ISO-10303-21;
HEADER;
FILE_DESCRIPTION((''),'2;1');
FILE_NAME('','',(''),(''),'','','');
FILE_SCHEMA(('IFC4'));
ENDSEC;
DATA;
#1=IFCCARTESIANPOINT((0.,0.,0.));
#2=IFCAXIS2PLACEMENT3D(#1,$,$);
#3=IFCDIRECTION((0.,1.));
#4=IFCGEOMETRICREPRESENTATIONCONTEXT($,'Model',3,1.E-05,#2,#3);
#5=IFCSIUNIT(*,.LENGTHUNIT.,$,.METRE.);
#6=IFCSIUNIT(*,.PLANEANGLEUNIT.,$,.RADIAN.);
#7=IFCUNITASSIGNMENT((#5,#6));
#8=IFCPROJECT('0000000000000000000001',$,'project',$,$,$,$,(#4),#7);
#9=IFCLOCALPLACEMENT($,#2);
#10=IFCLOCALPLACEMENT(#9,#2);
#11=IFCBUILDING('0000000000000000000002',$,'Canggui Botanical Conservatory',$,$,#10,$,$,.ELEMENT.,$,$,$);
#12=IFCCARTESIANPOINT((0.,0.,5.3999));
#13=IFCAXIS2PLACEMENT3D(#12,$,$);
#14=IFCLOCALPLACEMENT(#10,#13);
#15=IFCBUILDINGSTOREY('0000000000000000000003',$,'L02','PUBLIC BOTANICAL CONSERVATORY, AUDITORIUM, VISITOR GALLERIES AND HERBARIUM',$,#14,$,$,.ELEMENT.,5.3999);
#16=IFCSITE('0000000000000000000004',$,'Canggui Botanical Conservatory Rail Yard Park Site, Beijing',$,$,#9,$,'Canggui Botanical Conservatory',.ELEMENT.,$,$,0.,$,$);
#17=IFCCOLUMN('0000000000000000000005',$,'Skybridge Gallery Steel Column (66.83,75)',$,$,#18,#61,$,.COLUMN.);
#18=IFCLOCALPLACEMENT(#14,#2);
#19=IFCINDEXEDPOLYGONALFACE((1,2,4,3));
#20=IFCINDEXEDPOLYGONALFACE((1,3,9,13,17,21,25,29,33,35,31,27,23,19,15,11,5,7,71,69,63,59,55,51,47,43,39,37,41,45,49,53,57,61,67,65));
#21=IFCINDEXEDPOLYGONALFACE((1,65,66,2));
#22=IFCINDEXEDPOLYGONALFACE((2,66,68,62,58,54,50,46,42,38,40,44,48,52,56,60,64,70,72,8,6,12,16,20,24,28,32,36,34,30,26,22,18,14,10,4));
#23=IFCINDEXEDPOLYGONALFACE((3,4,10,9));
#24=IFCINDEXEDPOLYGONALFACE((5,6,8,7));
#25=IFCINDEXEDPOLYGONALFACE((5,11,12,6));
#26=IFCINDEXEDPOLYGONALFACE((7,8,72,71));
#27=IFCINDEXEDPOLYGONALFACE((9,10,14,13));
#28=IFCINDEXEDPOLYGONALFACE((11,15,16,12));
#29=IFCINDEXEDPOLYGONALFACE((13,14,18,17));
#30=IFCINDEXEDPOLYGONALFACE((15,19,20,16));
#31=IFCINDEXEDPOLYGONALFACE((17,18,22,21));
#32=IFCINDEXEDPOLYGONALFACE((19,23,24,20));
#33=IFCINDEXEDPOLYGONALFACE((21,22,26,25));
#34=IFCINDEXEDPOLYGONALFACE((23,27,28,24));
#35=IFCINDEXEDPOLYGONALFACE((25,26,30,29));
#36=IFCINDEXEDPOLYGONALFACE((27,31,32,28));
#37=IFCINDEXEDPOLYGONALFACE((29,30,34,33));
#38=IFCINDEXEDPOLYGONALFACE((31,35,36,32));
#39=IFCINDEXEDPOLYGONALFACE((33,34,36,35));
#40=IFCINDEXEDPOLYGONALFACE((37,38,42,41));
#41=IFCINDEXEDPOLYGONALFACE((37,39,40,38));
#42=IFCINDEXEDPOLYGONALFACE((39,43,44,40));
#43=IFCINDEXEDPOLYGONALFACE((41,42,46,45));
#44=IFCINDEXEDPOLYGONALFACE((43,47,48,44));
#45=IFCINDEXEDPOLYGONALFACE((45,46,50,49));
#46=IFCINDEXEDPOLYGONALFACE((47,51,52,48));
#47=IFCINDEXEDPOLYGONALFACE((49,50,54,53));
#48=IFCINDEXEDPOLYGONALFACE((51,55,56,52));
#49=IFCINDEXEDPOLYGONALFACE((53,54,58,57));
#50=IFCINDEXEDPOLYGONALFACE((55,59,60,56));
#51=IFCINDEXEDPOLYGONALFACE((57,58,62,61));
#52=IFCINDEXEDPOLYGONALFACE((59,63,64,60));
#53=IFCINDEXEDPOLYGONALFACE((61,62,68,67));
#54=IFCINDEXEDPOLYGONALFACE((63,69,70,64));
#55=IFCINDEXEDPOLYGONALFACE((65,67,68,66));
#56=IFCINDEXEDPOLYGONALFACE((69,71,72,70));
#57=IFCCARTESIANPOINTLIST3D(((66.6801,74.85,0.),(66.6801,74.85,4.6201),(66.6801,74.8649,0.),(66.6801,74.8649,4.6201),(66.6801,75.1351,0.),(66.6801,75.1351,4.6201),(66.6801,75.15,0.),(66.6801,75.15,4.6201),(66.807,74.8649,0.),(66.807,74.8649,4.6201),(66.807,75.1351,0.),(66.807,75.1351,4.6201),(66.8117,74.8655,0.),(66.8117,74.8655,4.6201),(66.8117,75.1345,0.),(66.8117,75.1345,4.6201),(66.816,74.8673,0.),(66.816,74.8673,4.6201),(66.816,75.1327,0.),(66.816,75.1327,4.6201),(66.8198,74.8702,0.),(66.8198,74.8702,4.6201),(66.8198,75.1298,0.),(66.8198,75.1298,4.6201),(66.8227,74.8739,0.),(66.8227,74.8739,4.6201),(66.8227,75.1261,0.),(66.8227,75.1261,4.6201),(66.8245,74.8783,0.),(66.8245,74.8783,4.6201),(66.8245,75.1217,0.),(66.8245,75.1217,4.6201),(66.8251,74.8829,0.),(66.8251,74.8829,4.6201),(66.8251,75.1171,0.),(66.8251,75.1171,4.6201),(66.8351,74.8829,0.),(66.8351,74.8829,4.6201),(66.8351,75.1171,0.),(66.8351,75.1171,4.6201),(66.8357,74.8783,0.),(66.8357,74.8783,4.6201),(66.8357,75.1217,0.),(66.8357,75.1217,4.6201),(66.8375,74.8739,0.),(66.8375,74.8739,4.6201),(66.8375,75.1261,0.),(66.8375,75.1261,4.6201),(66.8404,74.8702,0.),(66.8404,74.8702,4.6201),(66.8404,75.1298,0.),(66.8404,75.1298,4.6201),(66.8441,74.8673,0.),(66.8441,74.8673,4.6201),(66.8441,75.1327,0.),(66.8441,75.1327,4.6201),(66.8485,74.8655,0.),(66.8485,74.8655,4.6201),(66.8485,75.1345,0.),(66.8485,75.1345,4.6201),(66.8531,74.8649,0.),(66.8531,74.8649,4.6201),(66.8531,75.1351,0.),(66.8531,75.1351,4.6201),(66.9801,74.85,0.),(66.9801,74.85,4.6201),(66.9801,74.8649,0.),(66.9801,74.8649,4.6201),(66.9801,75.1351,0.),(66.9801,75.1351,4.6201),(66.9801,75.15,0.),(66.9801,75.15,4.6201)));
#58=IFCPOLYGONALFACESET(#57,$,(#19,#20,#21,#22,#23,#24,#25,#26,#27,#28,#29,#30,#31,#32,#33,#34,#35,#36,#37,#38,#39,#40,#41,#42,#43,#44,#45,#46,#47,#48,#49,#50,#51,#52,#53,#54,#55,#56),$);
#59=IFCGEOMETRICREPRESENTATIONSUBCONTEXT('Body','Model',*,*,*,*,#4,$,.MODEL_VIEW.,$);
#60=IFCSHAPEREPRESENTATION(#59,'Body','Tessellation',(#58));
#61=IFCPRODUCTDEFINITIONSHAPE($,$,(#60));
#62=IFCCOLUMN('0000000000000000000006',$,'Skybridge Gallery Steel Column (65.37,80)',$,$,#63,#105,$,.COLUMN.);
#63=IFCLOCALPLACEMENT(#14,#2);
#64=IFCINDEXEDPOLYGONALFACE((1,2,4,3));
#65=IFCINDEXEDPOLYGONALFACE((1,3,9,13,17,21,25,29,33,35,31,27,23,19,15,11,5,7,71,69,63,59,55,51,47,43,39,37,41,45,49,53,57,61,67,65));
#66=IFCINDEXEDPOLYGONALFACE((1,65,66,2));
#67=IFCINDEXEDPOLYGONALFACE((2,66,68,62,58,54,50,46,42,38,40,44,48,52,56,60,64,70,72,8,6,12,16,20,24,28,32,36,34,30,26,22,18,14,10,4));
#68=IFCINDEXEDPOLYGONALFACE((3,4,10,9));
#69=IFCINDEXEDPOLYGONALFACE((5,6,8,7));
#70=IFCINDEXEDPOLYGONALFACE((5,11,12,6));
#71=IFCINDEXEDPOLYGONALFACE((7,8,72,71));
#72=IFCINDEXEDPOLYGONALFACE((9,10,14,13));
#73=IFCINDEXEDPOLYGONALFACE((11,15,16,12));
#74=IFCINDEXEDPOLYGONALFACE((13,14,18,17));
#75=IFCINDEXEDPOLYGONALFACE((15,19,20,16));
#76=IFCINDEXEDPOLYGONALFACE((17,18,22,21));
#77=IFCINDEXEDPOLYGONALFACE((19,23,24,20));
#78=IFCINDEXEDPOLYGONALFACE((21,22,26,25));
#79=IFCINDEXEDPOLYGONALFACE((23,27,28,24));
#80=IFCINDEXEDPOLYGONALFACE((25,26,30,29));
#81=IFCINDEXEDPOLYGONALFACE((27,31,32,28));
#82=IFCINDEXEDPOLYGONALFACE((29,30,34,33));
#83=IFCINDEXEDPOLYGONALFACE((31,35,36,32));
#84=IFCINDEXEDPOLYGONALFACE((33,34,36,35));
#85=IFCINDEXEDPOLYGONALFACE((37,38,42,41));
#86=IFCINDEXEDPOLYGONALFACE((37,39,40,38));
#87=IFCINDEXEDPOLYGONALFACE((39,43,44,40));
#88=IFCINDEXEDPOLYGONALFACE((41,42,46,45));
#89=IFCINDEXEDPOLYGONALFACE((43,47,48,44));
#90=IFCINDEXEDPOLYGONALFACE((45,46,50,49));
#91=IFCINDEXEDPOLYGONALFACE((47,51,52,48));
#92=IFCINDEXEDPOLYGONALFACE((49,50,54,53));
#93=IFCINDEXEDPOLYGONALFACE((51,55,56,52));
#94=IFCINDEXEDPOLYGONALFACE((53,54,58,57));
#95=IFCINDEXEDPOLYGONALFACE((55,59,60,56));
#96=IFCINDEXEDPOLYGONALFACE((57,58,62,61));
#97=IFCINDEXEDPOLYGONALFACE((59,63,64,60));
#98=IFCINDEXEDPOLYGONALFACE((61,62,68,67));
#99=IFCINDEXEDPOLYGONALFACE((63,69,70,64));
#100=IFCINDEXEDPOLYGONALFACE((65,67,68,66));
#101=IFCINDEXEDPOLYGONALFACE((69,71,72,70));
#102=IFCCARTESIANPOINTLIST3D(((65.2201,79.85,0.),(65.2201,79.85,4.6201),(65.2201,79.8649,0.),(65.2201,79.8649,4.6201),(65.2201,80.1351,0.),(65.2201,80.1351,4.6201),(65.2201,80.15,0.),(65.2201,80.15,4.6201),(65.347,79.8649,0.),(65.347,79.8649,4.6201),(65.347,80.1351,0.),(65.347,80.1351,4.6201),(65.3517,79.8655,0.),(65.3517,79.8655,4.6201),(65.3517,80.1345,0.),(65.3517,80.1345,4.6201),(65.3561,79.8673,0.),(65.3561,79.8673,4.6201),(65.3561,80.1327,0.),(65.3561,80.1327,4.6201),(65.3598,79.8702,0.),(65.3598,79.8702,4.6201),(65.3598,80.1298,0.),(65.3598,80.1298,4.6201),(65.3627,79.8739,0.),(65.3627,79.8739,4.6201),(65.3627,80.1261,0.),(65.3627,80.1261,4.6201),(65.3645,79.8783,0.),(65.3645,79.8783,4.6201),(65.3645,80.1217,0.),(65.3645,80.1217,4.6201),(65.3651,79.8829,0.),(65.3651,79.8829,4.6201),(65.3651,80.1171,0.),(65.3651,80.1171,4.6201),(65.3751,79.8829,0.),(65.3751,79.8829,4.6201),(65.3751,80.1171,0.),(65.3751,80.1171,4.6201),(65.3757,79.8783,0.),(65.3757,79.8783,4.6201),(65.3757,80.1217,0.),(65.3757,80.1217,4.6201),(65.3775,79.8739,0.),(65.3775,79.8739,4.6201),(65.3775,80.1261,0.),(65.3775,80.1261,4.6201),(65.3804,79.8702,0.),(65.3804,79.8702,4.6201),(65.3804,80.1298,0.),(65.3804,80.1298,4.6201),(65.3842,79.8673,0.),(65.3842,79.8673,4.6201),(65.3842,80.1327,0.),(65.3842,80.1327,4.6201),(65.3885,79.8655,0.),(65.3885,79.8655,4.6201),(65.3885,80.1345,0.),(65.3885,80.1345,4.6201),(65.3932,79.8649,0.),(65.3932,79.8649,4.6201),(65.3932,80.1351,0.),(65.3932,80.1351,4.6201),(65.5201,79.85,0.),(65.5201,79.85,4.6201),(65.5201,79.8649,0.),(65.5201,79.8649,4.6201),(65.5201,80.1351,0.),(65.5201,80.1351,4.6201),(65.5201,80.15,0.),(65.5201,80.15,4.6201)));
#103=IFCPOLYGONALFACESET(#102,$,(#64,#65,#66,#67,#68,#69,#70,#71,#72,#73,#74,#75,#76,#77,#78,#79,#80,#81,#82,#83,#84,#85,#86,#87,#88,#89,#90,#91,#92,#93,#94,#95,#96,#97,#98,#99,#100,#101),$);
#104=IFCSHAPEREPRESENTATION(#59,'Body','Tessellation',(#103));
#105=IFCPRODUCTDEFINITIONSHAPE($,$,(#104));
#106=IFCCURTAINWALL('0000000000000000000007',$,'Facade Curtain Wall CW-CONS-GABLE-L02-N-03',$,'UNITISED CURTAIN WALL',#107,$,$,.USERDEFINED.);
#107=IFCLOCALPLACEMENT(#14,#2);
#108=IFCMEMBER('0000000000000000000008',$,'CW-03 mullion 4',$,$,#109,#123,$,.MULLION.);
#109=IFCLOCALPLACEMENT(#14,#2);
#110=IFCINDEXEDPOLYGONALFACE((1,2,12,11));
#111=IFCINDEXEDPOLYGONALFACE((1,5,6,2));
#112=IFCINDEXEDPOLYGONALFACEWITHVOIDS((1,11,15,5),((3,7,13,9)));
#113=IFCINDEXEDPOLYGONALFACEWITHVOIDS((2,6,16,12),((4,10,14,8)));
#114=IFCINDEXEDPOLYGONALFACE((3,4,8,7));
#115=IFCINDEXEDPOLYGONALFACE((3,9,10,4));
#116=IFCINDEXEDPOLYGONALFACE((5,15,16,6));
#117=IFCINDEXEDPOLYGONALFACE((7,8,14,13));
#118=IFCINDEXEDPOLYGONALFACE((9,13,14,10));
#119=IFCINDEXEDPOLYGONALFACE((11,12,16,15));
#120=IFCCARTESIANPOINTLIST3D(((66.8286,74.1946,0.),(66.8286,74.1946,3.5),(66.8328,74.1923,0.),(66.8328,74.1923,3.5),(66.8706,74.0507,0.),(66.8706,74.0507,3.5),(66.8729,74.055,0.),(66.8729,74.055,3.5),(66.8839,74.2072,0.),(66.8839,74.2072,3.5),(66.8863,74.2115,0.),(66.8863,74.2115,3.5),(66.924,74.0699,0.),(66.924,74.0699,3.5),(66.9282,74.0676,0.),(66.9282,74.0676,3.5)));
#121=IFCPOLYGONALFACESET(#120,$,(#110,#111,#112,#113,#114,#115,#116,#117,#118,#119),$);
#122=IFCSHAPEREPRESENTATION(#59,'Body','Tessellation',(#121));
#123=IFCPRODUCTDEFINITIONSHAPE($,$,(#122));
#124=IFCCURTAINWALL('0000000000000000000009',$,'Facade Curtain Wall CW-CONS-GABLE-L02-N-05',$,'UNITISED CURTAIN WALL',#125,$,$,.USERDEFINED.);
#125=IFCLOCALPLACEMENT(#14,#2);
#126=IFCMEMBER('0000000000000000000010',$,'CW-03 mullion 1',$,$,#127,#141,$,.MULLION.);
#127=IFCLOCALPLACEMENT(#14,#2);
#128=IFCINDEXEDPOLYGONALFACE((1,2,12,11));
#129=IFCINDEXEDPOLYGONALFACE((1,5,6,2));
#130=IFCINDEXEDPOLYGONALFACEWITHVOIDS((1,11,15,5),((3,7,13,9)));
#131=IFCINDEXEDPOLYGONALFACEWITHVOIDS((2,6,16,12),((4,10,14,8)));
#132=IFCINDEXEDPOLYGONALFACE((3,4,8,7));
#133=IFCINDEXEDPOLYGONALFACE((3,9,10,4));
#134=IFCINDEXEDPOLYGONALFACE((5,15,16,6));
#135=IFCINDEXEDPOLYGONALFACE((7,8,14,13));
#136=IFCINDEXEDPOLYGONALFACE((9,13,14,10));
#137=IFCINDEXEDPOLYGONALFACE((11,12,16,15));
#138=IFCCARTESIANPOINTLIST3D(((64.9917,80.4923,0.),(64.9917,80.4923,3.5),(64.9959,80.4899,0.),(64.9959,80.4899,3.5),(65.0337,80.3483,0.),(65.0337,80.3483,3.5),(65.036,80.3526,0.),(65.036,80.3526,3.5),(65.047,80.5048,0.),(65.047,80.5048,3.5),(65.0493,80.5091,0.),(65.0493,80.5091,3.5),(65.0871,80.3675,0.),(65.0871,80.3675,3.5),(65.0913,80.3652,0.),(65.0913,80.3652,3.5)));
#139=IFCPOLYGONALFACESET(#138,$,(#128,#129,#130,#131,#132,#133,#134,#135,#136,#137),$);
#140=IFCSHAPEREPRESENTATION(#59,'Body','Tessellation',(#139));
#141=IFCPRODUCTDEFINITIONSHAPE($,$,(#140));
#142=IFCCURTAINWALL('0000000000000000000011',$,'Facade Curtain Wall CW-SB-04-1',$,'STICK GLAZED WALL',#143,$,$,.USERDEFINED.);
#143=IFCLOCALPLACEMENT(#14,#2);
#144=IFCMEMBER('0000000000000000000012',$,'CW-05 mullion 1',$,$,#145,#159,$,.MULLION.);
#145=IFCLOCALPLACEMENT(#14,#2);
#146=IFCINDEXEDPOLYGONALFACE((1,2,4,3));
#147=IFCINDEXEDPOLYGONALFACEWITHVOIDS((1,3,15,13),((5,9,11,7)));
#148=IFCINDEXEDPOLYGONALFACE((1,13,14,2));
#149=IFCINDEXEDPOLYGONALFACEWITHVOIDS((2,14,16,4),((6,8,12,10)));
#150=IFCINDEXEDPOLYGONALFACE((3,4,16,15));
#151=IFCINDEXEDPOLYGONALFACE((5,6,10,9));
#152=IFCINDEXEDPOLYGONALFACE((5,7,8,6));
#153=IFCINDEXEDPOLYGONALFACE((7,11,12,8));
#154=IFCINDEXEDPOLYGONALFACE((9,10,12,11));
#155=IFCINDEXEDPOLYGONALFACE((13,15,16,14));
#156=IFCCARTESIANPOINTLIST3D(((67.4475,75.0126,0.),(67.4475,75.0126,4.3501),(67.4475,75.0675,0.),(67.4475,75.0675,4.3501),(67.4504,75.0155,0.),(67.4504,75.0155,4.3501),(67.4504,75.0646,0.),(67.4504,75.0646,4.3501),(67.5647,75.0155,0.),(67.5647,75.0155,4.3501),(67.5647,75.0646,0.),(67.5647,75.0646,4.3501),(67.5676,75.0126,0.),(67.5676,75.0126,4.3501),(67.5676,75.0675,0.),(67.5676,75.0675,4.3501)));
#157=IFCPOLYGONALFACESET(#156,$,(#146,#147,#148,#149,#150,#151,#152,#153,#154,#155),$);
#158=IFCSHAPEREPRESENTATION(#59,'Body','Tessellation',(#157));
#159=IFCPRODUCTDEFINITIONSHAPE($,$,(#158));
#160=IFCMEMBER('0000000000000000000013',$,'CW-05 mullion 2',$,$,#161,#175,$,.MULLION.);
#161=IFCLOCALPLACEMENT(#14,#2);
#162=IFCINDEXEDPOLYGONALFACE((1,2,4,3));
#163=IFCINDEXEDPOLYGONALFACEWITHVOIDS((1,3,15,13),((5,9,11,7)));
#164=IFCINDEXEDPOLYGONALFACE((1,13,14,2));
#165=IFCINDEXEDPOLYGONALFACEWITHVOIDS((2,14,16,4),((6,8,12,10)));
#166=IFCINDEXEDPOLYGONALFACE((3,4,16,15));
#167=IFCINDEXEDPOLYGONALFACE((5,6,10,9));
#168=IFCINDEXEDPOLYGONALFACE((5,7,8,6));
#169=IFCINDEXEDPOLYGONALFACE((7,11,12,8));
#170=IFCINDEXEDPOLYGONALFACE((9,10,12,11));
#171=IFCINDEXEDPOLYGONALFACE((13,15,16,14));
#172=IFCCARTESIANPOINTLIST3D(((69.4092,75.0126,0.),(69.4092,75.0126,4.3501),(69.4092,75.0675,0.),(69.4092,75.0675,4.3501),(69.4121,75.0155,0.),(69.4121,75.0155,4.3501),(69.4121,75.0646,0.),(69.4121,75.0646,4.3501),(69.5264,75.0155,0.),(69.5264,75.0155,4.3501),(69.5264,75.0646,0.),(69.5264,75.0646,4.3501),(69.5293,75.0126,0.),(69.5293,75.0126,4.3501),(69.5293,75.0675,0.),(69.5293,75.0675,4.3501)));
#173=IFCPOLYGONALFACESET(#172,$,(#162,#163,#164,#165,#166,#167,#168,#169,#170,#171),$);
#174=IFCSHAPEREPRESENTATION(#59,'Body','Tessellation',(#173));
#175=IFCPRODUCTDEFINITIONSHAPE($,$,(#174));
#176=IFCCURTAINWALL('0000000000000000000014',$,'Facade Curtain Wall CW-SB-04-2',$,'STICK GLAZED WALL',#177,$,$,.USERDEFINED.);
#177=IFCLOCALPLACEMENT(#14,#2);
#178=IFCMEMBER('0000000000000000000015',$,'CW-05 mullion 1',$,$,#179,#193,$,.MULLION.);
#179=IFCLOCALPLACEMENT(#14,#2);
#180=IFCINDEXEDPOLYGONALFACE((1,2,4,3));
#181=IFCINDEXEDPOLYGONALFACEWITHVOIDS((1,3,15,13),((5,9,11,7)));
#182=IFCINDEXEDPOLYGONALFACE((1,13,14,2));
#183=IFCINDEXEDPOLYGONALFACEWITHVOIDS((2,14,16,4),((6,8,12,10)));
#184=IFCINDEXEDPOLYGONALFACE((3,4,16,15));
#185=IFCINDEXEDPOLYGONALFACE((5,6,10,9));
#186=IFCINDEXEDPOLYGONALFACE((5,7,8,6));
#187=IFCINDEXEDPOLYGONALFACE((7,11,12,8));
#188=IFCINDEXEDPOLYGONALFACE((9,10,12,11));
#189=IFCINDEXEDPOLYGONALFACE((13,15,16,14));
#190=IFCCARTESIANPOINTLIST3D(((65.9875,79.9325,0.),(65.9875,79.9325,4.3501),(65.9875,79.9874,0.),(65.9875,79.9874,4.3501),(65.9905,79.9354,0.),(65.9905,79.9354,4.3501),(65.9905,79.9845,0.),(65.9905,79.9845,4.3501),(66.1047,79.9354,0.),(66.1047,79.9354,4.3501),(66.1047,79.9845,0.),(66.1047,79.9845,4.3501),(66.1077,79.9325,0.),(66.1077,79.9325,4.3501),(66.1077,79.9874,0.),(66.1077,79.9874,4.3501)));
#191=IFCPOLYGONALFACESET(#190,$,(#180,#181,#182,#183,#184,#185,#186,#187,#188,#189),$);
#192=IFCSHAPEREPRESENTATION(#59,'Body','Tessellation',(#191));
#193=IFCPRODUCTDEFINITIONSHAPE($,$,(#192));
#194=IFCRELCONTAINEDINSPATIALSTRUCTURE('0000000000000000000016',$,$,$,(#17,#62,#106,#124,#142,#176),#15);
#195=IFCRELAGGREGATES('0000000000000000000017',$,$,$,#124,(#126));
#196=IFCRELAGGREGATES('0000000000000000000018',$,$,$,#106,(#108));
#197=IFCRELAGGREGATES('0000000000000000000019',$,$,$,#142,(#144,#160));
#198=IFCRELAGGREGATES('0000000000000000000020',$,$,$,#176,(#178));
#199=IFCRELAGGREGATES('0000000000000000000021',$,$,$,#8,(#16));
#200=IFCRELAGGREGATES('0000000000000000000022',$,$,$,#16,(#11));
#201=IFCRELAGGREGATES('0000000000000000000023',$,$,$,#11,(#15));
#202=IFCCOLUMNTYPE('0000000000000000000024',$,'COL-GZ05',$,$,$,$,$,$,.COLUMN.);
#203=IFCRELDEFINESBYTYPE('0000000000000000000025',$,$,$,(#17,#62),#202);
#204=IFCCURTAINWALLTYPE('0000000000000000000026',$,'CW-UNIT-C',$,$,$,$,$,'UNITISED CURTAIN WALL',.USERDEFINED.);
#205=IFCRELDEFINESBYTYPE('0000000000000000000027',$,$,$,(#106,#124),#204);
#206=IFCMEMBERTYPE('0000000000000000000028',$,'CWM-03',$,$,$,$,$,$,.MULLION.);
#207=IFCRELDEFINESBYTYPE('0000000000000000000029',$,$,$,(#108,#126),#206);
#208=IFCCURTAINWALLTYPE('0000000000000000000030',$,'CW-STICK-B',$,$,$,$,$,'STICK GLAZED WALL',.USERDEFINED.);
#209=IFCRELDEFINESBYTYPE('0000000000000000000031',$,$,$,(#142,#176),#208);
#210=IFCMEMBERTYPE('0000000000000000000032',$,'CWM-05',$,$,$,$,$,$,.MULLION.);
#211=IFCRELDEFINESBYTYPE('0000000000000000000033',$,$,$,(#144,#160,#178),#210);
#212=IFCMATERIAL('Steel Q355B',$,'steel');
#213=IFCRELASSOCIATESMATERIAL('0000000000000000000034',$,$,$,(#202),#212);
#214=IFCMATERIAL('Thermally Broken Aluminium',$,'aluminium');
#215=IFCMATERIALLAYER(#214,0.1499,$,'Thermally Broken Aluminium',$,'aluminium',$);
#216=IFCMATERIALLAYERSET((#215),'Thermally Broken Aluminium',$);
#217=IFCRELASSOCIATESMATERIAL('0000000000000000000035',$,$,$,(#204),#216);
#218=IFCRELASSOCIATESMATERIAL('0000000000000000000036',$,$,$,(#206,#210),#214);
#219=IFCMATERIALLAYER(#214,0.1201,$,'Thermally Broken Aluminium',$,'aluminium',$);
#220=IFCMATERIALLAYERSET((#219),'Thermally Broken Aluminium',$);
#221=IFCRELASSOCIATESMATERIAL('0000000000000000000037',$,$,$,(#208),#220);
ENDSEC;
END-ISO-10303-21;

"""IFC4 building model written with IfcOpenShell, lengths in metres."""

from ifc_helpers import new_model, si_unit, direction, frame, origin, origin_2d, place, context, subcontext, project, spatial, hollow_rectangle, i_section, extrude, material, layer, layer_set, material_profile, profile_set, type_object, element, aggregate, save


model = new_model("IFC4")

# Units and contexts
model_context = context("Model", 3, precision=1e-05, world=origin(), true_north=direction((0.0, 1.0)))
body_context = subcontext(model_context, "Body", "Model", "MODEL_VIEW")
ifc_project = project(units=[si_unit("LENGTHUNIT", "METRE"), si_unit("PLANEANGLEUNIT", "RADIAN")], contexts=[model_context])

# Site, building, storey
site_placement = place(None, origin())
site = spatial("IfcSite", under=ifc_project, at=site_placement, Name="Canggui Botanical Conservatory Rail Yard Park Site, Beijing", LongName="Canggui Botanical Conservatory", CompositionType="ELEMENT", RefElevation=0.0)
building_placement = place(site_placement, origin())
building = spatial("IfcBuilding", under=site, at=building_placement, Name="Canggui Botanical Conservatory", CompositionType="ELEMENT")
storey_placement = place(building_placement, frame((0.0, 0.0, 5.3999)))
storey = spatial("IfcBuildingStorey", under=building, at=storey_placement, Name="L02", Description="PUBLIC BOTANICAL CONSERVATORY, AUDITORIUM, VISITOR GALLERIES AND HERBARIUM", CompositionType="ELEMENT", Elevation=5.3999)

# Columns
ifc_material_1 = material(Name="Steel Q355B", Category="steel")
ifc_material_profile_1 = material_profile(ifc_material_1, i_section(OverallWidth=0.3, OverallDepth=0.3, WebThickness=0.01, FlangeThickness=0.0149, FilletRadius=0.0181, at=origin_2d()), Name="HW 300x300x10x15")
ifc_profile_set_1 = profile_set([ifc_material_profile_1], Name="Steel Q355B")
column_type = type_object("IfcColumnType", Name="COL-GZ05", PredefinedType="COLUMN", material=ifc_profile_set_1)
for number, where, z_axis, x_axis, name in (
    (1, (66.8301, 75.0, 0.0), (0.0, 0.0, 1.0), (1.0, 0.0, 0.0), "Skybridge Gallery Steel Column (66.83,75)"),
    (2, (65.3701, 80.0, 0.0), (0.0, 0.0, 1.0), (1.0, 0.0, 0.0), "Skybridge Gallery Steel Column (65.37,80)"),
):
    element("IfcColumn", number, at=place(storey_placement, frame(where, z_axis=z_axis, x_axis=x_axis)), inside=storey, type_object=column_type, Name=name, PredefinedType="COLUMN", context=body_context, shape_type="SweptSolid", body=[
        extrude(i_section(OverallWidth=0.3, OverallDepth=0.3, WebThickness=0.01, FlangeThickness=0.0149, FilletRadius=0.0181, at=origin_2d()), origin(), (0.0, 0.0, 1.0), 4.6201),
    ])

# Curtain walls, members
ifc_material_2 = material(Name="Thermally Broken Aluminium", Category="aluminium")
ifc_layer_1 = layer(ifc_material_2, 0.1499, Name="Thermally Broken Aluminium", Category="aluminium")
ifc_layer_set_1 = layer_set([ifc_layer_1], Name="Thermally Broken Aluminium")
curtain_wall_type_1 = type_object("IfcCurtainWallType", Name="CW-UNIT-C", ElementType="UNITISED CURTAIN WALL", PredefinedType="USERDEFINED", material=ifc_layer_set_1)
curtain_wall_1_placement = place(storey_placement, origin())
curtain_wall_1 = element("IfcCurtainWall", 3, at=curtain_wall_1_placement, inside=storey, type_object=curtain_wall_type_1, Name="Facade Curtain Wall CW-CONS-GABLE-L02-N-03", ObjectType="UNITISED CURTAIN WALL", PredefinedType="USERDEFINED")
ifc_material_profile_2 = material_profile(ifc_material_2, hollow_rectangle(XDim=0.0601, YDim=0.1499, WallThickness=0.0034, at=origin_2d()), Name="CWM 60x150x3.5")
ifc_profile_set_2 = profile_set([ifc_material_profile_2], Name="Thermally Broken Aluminium")
member_type_1 = type_object("IfcMemberType", Name="CWM-03", PredefinedType="MULLION", material=ifc_profile_set_2)
member_1_placement = place(storey_placement, frame((66.8784, 74.1311, 0.0), z_axis=(0.0, 0.0, 1.0), x_axis=(-0.96, -0.28, 0.0)))
member_1 = element("IfcMember", 4, at=member_1_placement, type_object=member_type_1, Name="CW-03 mullion 4", PredefinedType="MULLION", context=body_context, shape_type="SweptSolid", body=[
    extrude(hollow_rectangle(XDim=0.0601, YDim=0.1499, WallThickness=0.0034, at=origin_2d()), origin(), (0.0, 0.0, 1.0), 3.5),
])
curtain_wall_2_placement = place(storey_placement, origin())
curtain_wall_2 = element("IfcCurtainWall", 5, at=curtain_wall_2_placement, inside=storey, type_object=curtain_wall_type_1, Name="Facade Curtain Wall CW-CONS-GABLE-L02-N-05", ObjectType="UNITISED CURTAIN WALL", PredefinedType="USERDEFINED")
member_2_placement = place(storey_placement, frame((65.0415, 80.4287, 0.0), z_axis=(0.0, 0.0, 1.0), x_axis=(-0.96, -0.28, 0.0)))
member_2 = element("IfcMember", 6, at=member_2_placement, type_object=member_type_1, Name="CW-03 mullion 1", PredefinedType="MULLION", context=body_context, shape_type="SweptSolid", body=[
    extrude(hollow_rectangle(XDim=0.0601, YDim=0.1499, WallThickness=0.0034, at=origin_2d()), origin(), (0.0, 0.0, 1.0), 3.5),
])

# Curtain walls, members
ifc_layer_2 = layer(ifc_material_2, 0.1201, Name="Thermally Broken Aluminium", Category="aluminium")
ifc_layer_set_2 = layer_set([ifc_layer_2], Name="Thermally Broken Aluminium")
curtain_wall_type_2 = type_object("IfcCurtainWallType", Name="CW-STICK-B", ElementType="STICK GLAZED WALL", PredefinedType="USERDEFINED", material=ifc_layer_set_2)
curtain_wall_3_placement = place(storey_placement, origin())
curtain_wall_3 = element("IfcCurtainWall", 7, at=curtain_wall_3_placement, inside=storey, type_object=curtain_wall_type_2, Name="Facade Curtain Wall CW-SB-04-1", ObjectType="STICK GLAZED WALL", PredefinedType="USERDEFINED")
ifc_material_profile_3 = material_profile(ifc_material_2, hollow_rectangle(XDim=0.0549, YDim=0.1201, WallThickness=0.0029, at=origin_2d()), Name="CWM 55x120x3")
ifc_profile_set_3 = profile_set([ifc_material_profile_3], Name="Thermally Broken Aluminium")
member_type_2 = type_object("IfcMemberType", Name="CWM-05", PredefinedType="MULLION", material=ifc_profile_set_3)
member_3_placement = place(storey_placement, frame((67.5076, 75.04, 0.0), z_axis=(0.0, 0.0, 1.0), x_axis=(0.0, 1.0, 0.0)))
member_3 = element("IfcMember", 8, at=member_3_placement, type_object=member_type_2, Name="CW-05 mullion 1", PredefinedType="MULLION", context=body_context, shape_type="SweptSolid", body=[
    extrude(hollow_rectangle(XDim=0.0549, YDim=0.1201, WallThickness=0.0029, at=origin_2d()), origin(), (0.0, 0.0, 1.0), 4.3501),
])
member_4_placement = place(storey_placement, frame((69.4692, 75.04, 0.0), z_axis=(0.0, 0.0, 1.0), x_axis=(0.0, 1.0, 0.0)))
member_4 = element("IfcMember", 9, at=member_4_placement, type_object=member_type_2, Name="CW-05 mullion 2", PredefinedType="MULLION", context=body_context, shape_type="SweptSolid", body=[
    extrude(hollow_rectangle(XDim=0.0549, YDim=0.1201, WallThickness=0.0029, at=origin_2d()), origin(), (0.0, 0.0, 1.0), 4.3501),
])
curtain_wall_4_placement = place(storey_placement, origin())
curtain_wall_4 = element("IfcCurtainWall", 10, at=curtain_wall_4_placement, inside=storey, type_object=curtain_wall_type_2, Name="Facade Curtain Wall CW-SB-04-2", ObjectType="STICK GLAZED WALL", PredefinedType="USERDEFINED")
member_5_placement = place(storey_placement, frame((66.0476, 79.96, 0.0), z_axis=(0.0, 0.0, 1.0), x_axis=(0.0, 1.0, 0.0)))
member_5 = element("IfcMember", 11, at=member_5_placement, type_object=member_type_2, Name="CW-05 mullion 1", PredefinedType="MULLION", context=body_context, shape_type="SweptSolid", body=[
    extrude(hollow_rectangle(XDim=0.0549, YDim=0.1201, WallThickness=0.0029, at=origin_2d()), origin(), (0.0, 0.0, 1.0), 4.3501),
])

aggregate(curtain_wall_2, [member_2])

aggregate(curtain_wall_1, [member_1])
aggregate(curtain_wall_3, [member_3, member_4])
aggregate(curtain_wall_4, [member_5])

save(model, "model.ifc")
